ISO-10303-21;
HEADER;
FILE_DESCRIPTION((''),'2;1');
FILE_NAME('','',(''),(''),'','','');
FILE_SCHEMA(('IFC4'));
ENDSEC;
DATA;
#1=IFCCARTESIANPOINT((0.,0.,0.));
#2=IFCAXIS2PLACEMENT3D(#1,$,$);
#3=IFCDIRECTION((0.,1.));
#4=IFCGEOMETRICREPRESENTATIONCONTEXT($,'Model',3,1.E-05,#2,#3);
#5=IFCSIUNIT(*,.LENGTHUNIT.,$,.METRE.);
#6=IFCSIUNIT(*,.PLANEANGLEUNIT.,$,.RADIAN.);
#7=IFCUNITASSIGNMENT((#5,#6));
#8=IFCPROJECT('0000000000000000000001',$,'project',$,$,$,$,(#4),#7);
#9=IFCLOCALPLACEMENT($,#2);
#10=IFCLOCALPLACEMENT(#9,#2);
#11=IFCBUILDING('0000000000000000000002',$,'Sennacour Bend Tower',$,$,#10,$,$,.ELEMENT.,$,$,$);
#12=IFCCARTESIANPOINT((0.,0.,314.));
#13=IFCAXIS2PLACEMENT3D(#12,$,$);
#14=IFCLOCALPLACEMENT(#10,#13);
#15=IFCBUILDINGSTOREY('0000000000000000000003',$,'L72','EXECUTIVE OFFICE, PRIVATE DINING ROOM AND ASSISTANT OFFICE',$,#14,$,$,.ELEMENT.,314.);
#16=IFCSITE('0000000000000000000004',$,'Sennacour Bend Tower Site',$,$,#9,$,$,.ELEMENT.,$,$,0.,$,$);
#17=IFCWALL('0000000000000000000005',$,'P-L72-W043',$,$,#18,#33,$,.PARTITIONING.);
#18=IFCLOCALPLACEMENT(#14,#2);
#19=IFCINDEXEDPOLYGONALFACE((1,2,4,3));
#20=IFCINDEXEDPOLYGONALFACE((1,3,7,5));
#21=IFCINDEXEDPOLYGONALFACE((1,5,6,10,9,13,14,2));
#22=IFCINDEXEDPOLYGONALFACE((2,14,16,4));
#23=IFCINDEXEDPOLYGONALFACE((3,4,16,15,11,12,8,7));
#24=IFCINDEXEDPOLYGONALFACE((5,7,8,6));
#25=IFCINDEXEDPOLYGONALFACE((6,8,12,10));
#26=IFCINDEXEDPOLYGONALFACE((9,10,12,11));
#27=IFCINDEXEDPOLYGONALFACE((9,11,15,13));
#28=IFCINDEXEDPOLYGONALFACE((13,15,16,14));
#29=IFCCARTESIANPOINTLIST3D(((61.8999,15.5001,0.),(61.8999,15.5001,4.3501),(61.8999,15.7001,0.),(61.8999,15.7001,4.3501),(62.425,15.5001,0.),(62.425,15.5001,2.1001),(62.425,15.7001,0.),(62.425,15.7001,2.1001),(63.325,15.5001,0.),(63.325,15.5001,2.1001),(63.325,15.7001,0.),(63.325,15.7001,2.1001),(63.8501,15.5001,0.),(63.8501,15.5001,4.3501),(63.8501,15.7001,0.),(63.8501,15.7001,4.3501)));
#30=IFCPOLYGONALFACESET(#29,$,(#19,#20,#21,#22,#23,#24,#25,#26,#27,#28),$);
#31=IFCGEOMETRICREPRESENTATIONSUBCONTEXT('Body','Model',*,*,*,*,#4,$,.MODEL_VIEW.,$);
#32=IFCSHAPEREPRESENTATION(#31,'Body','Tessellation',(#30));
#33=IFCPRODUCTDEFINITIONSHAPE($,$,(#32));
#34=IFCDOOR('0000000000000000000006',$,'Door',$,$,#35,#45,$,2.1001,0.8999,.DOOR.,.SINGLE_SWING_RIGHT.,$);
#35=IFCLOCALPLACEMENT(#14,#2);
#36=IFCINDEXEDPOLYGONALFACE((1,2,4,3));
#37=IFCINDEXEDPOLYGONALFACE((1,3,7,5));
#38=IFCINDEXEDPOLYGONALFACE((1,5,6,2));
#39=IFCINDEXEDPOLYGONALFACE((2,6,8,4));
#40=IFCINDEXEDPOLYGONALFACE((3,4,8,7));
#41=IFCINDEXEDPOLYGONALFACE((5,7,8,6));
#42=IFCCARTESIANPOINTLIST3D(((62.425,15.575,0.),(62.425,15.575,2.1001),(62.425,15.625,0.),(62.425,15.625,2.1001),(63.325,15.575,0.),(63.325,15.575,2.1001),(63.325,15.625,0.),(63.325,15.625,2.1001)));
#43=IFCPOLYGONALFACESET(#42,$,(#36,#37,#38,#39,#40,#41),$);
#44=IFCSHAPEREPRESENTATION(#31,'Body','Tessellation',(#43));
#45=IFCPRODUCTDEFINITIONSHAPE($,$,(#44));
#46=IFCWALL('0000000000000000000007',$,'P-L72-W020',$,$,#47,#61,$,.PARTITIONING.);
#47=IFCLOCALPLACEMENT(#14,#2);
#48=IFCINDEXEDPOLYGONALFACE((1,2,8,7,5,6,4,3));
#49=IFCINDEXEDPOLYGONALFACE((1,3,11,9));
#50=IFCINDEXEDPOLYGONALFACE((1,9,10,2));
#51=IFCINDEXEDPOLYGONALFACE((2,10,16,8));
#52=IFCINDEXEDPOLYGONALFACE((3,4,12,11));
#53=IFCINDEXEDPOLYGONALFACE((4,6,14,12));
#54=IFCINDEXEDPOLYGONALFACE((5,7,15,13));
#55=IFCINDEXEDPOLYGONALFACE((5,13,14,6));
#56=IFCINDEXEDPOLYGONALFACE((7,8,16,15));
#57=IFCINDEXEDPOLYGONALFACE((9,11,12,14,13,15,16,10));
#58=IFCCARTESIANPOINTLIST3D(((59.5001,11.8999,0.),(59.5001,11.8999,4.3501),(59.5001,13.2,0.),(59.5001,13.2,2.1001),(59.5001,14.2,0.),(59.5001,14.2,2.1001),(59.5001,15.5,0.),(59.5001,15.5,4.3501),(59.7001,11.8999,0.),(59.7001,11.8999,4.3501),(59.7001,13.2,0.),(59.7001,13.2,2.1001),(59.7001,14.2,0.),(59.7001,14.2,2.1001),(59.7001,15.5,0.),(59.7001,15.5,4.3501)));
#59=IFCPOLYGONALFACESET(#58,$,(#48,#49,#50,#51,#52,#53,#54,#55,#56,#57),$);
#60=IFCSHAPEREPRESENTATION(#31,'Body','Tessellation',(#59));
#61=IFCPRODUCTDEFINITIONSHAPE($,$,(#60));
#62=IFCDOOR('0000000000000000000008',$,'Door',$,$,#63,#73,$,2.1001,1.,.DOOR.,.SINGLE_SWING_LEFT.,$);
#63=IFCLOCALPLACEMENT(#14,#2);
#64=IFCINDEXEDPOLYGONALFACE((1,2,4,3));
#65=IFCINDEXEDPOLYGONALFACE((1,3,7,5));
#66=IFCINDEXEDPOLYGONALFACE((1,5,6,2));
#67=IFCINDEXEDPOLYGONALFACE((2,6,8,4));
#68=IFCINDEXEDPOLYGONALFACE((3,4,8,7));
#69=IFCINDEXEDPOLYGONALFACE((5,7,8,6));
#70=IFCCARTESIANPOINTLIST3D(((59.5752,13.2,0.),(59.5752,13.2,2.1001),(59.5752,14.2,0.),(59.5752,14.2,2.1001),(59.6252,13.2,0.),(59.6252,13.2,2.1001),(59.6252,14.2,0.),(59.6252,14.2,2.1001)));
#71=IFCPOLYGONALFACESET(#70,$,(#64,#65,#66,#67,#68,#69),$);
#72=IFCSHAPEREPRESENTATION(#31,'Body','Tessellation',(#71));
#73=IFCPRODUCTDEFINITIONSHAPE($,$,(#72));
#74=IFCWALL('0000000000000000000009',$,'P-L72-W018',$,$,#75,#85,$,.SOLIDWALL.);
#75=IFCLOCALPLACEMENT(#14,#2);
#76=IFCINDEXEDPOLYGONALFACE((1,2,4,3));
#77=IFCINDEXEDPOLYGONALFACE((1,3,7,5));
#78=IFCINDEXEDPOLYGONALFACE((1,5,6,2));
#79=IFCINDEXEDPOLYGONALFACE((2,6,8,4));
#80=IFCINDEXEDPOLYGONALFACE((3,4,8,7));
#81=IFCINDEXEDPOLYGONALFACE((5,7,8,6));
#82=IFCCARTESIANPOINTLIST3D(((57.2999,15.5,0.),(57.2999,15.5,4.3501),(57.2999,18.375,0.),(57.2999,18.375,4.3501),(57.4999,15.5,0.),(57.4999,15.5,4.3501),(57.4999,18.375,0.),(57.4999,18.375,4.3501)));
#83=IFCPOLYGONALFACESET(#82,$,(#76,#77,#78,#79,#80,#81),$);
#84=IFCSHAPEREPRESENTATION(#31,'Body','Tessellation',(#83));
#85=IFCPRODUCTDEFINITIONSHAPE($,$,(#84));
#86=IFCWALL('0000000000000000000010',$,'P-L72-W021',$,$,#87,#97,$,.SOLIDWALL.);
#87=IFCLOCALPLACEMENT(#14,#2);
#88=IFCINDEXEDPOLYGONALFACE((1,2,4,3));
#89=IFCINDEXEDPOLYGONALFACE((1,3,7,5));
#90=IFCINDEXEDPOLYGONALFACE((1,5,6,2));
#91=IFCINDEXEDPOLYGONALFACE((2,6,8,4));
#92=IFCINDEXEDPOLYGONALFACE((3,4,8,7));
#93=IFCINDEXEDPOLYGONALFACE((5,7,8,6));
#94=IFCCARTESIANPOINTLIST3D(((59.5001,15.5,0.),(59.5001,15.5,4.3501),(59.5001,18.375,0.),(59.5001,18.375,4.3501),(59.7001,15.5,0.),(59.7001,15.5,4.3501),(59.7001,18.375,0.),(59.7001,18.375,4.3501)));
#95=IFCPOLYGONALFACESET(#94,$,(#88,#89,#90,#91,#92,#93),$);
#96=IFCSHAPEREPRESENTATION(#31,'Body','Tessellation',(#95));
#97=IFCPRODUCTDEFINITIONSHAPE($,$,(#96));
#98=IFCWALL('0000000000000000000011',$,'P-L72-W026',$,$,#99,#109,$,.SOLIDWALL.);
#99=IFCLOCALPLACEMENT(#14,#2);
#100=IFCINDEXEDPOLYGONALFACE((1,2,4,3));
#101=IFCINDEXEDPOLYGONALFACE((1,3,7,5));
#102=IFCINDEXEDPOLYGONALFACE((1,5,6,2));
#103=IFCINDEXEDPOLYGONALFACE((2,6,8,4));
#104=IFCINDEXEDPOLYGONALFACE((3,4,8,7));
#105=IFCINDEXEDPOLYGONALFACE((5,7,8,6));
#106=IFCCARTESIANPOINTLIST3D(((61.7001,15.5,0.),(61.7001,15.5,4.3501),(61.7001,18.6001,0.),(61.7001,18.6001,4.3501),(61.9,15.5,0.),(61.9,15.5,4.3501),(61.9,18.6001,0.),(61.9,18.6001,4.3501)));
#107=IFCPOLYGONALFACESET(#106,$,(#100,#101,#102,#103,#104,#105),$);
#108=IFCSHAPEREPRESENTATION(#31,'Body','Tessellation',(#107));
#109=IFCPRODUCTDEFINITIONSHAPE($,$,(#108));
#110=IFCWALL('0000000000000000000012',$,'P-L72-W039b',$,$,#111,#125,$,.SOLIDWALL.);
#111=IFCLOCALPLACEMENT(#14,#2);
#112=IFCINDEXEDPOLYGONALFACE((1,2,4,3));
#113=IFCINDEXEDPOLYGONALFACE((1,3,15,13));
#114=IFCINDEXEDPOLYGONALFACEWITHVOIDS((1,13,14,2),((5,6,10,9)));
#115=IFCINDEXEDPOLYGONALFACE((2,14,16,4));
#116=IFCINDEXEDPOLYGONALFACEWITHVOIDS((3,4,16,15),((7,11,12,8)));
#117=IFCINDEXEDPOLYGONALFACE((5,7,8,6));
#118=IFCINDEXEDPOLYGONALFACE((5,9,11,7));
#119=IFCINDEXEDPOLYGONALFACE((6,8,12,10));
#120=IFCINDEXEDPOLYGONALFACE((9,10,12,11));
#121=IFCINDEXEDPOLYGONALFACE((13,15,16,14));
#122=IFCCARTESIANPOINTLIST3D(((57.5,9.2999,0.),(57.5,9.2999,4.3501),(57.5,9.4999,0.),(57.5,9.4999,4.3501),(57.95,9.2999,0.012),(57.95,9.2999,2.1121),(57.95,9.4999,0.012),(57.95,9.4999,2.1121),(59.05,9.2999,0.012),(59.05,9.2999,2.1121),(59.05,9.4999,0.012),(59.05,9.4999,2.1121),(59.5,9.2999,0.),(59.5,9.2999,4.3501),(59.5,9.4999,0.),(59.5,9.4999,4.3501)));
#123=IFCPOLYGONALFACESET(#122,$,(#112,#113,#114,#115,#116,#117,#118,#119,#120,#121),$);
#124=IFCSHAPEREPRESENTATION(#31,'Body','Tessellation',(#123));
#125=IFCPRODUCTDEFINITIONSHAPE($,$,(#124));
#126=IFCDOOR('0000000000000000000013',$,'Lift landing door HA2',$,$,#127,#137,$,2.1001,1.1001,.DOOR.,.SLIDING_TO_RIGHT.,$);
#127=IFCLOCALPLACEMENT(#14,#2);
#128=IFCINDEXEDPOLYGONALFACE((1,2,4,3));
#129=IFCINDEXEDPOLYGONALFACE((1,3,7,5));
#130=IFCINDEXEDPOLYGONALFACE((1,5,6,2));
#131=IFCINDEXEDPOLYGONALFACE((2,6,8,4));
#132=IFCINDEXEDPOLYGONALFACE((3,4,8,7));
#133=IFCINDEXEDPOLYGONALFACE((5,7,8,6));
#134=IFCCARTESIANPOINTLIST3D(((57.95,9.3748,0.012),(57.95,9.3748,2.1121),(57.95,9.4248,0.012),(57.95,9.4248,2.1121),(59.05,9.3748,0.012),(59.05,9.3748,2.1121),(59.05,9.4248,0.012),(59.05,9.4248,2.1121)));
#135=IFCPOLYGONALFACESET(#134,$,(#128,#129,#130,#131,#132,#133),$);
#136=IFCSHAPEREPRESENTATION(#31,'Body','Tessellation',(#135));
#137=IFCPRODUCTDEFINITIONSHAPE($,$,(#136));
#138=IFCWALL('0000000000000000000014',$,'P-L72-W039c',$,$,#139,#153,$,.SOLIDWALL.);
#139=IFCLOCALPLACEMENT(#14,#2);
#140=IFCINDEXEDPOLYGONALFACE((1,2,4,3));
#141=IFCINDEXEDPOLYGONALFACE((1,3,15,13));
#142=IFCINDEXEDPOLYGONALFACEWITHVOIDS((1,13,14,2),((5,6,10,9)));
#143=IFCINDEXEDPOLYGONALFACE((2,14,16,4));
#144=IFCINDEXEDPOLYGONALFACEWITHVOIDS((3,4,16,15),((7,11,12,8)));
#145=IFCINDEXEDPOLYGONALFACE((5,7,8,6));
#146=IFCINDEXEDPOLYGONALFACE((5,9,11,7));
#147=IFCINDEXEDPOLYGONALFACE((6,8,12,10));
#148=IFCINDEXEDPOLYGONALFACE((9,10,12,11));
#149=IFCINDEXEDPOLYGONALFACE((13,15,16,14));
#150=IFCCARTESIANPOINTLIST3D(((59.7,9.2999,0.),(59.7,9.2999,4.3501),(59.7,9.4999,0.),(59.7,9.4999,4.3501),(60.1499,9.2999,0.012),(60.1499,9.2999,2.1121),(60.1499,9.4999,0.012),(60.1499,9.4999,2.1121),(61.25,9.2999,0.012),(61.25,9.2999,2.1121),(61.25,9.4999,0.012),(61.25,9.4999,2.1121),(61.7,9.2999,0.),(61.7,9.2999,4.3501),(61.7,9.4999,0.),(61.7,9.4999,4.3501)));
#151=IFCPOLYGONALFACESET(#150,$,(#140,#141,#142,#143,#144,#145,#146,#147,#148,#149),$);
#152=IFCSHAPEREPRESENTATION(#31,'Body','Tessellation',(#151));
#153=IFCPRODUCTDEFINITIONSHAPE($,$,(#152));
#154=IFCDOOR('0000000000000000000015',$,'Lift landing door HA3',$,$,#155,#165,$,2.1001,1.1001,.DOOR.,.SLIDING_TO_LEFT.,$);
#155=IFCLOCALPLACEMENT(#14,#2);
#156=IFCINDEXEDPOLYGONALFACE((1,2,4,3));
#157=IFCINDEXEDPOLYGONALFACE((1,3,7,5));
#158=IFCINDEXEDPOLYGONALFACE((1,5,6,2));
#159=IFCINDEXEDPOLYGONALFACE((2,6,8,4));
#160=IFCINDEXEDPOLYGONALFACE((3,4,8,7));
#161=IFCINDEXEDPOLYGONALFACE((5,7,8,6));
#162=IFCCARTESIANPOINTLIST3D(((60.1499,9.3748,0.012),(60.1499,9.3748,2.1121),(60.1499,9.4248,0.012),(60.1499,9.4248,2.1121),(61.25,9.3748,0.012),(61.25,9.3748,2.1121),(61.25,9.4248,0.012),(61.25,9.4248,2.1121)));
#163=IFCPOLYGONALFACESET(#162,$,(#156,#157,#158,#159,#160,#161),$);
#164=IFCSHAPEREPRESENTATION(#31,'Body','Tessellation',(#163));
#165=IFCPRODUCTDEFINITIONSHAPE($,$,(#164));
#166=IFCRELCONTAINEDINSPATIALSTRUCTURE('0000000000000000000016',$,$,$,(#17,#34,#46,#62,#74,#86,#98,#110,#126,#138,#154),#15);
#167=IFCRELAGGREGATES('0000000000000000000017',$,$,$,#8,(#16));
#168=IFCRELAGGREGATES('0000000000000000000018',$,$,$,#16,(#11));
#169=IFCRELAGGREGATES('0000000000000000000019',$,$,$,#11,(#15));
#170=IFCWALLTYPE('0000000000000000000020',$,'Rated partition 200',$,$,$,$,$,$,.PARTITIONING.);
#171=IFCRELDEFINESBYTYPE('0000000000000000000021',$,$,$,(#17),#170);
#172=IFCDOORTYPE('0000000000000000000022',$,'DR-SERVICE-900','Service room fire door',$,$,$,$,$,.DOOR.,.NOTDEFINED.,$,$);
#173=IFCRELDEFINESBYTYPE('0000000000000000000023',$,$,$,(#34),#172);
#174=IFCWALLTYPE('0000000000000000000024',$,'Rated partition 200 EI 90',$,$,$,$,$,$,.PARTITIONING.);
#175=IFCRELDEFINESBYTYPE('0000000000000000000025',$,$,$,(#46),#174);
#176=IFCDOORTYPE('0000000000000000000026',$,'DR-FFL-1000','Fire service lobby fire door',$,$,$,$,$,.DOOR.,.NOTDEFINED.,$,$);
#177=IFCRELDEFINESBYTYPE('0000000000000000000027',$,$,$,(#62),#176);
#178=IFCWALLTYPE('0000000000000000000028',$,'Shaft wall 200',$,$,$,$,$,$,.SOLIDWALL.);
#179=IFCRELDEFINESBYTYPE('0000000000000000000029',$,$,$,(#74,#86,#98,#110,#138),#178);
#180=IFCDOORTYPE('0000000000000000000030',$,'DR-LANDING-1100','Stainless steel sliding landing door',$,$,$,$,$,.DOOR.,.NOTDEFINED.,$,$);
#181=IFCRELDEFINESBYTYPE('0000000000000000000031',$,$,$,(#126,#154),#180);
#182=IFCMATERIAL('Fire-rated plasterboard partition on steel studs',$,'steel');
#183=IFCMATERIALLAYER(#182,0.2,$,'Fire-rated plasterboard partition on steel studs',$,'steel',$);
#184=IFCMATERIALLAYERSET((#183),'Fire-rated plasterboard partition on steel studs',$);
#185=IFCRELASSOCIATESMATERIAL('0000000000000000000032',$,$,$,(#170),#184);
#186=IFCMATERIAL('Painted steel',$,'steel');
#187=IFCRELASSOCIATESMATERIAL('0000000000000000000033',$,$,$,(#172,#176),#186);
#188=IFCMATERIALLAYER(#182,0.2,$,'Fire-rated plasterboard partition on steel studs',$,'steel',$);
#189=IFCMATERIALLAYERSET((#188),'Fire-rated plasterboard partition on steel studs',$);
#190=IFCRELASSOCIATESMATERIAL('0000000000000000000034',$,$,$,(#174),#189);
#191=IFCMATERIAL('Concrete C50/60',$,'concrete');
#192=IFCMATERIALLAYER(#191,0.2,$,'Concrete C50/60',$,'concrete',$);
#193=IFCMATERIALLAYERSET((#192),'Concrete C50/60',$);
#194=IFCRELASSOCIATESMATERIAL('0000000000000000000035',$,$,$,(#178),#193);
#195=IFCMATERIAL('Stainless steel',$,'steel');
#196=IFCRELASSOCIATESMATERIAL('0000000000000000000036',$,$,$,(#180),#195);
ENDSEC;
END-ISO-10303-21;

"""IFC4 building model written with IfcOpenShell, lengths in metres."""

from ifc_helpers import new_model, si_unit, direction, frame, frame_2d, origin, place, context, subcontext, project, spatial, rectangle, extrude, material, layer, layer_set, type_object, element, fill, save


model = new_model("IFC4")

# Units and contexts
model_context = context("Model", 3, precision=1e-05, world=origin(), true_north=direction((0.0, 1.0)))
body_context = subcontext(model_context, "Body", "Model", "MODEL_VIEW")
ifc_project = project(units=[si_unit("LENGTHUNIT", "METRE"), si_unit("PLANEANGLEUNIT", "RADIAN")], contexts=[model_context])

# Site, building, storey
site_placement = place(None, origin())
site = spatial("IfcSite", under=ifc_project, at=site_placement, Name="Sennacour Bend Tower Site", CompositionType="ELEMENT", RefElevation=0.0)
building_placement = place(site_placement, origin())
building = spatial("IfcBuilding", under=site, at=building_placement, Name="Sennacour Bend Tower", CompositionType="ELEMENT")
storey_placement = place(building_placement, frame((0.0, 0.0, 314.0)))
storey = spatial("IfcBuildingStorey", under=building, at=storey_placement, Name="L72", Description="EXECUTIVE OFFICE, PRIVATE DINING ROOM AND ASSISTANT OFFICE", CompositionType="ELEMENT", Elevation=314.0)

# Walls, openings, doors
ifc_material_1 = material(Name="Fire-rated plasterboard partition on steel studs", Category="steel")
ifc_layer_1 = layer(ifc_material_1, 0.2, Name="Fire-rated plasterboard partition on steel studs", Category="steel")
ifc_layer_set_1 = layer_set([ifc_layer_1], Name="Fire-rated plasterboard partition on steel studs")
wall_type_1 = type_object("IfcWallType", Name="Rated partition 200", PredefinedType="PARTITIONING", material=ifc_layer_set_1)
wall_1_placement = place(storey_placement, frame((61.8999, 15.6001, 0.0), z_axis=(0.0, 0.0, 1.0), x_axis=(1.0, 0.0, 0.0)))
wall_1 = element("IfcWall", 1, at=wall_1_placement, inside=storey, type_object=wall_type_1, Name="P-L72-W043", PredefinedType="PARTITIONING", context=body_context, shape_type="SweptSolid", body=[
    extrude(rectangle(XDim=1.9502, YDim=0.2, at=frame_2d((0.9751, 0.0))), origin(), (0.0, 0.0, 1.0), 4.3501),
])
opening_1_placement = place(wall_1_placement, frame((0.5251, 0.0, 0.0)))
opening_1 = element("IfcOpeningElement", 2, at=opening_1_placement, cuts=wall_1, PredefinedType="OPENING", context=body_context, shape_type="SweptSolid", body=[
    extrude(rectangle(XDim=0.8999, YDim=2.1001, at=frame_2d((0.45, 1.05))), frame((0.0, 0.1099, 0.0), z_axis=(0.0, -1.0, 0.0), x_axis=(1.0, 0.0, 0.0)), (0.0, 0.0, 1.0), 0.22),
])
ifc_material_2 = material(Name="Painted steel", Category="steel")
door_type_1 = type_object("IfcDoorType", Name="DR-SERVICE-900", Description="Service room fire door", OperationType="NOTDEFINED", PredefinedType="DOOR", material=ifc_material_2)
door_1_placement = place(opening_1_placement, origin())
door_1 = element("IfcDoor", 3, at=door_1_placement, inside=storey, type_object=door_type_1, Name="Door", OperationType="SINGLE_SWING_RIGHT", OverallHeight=2.1001, OverallWidth=0.8999, PredefinedType="DOOR", context=body_context, shape_type="SweptSolid", body=[
    extrude(rectangle(XDim=0.8999, YDim=2.1001, at=frame_2d((0.45, 1.05))), frame((0.0, 0.0249, 0.0), z_axis=(0.0, -1.0, 0.0), x_axis=(1.0, 0.0, 0.0)), (0.0, 0.0, 1.0), 0.05),
])
fill(opening_1, door_1)
ifc_layer_2 = layer(ifc_material_1, 0.2, Name="Fire-rated plasterboard partition on steel studs", Category="steel")
ifc_layer_set_2 = layer_set([ifc_layer_2], Name="Fire-rated plasterboard partition on steel studs")
wall_type_2 = type_object("IfcWallType", Name="Rated partition 200 EI 90", PredefinedType="PARTITIONING", material=ifc_layer_set_2)
wall_2_placement = place(storey_placement, frame((59.6001, 11.8999, 0.0), z_axis=(0.0, 0.0, 1.0), x_axis=(0.0, 1.0, 0.0)))
wall_2 = element("IfcWall", 4, at=wall_2_placement, inside=storey, type_object=wall_type_2, Name="P-L72-W020", PredefinedType="PARTITIONING", context=body_context, shape_type="SweptSolid", body=[
    extrude(rectangle(XDim=3.6001, YDim=0.2, at=frame_2d((1.8, 0.0))), origin(), (0.0, 0.0, 1.0), 4.3501),
])
opening_2_placement = place(wall_2_placement, frame((1.3, 0.0, 0.0)))
opening_2 = element("IfcOpeningElement", 5, at=opening_2_placement, cuts=wall_2, PredefinedType="OPENING", context=body_context, shape_type="SweptSolid", body=[
    extrude(rectangle(XDim=1.0, YDim=2.1001, at=frame_2d((0.5, 1.05))), frame((0.0, 0.1099, 0.0), z_axis=(0.0, -1.0, 0.0), x_axis=(1.0, 0.0, 0.0)), (0.0, 0.0, 1.0), 0.22),
])
door_type_2 = type_object("IfcDoorType", Name="DR-FFL-1000", Description="Fire service lobby fire door", OperationType="NOTDEFINED", PredefinedType="DOOR", material=ifc_material_2)
door_2_placement = place(opening_2_placement, origin())
door_2 = element("IfcDoor", 6, at=door_2_placement, inside=storey, type_object=door_type_2, Name="Door", OperationType="SINGLE_SWING_LEFT", OverallHeight=2.1001, OverallWidth=1.0, PredefinedType="DOOR", context=body_context, shape_type="SweptSolid", body=[
    extrude(rectangle(XDim=1.0, YDim=2.1001, at=frame_2d((0.5, 1.05))), frame((0.0, 0.0249, 0.0), z_axis=(0.0, -1.0, 0.0), x_axis=(1.0, 0.0, 0.0)), (0.0, 0.0, 1.0), 0.05),
])
fill(opening_2, door_2)

# Walls
ifc_material_3 = material(Name="Concrete C50/60", Category="concrete")
ifc_layer_3 = layer(ifc_material_3, 0.2, Name="Concrete C50/60", Category="concrete")
ifc_layer_set_3 = layer_set([ifc_layer_3], Name="Concrete C50/60")
wall_type_3 = type_object("IfcWallType", Name="Shaft wall 200", PredefinedType="SOLIDWALL", material=ifc_layer_set_3)
for number, where, z_axis, x_axis, name in (
    (7, (57.3999, 15.5, 0.0), (0.0, 0.0, 1.0), (0.0, 1.0, 0.0), "P-L72-W018"),
    (8, (59.6001, 15.5, 0.0), (0.0, 0.0, 1.0), (0.0, 1.0, 0.0), "P-L72-W021"),
):
    element("IfcWall", number, at=place(storey_placement, frame(where, z_axis=z_axis, x_axis=x_axis)), inside=storey, type_object=wall_type_3, Name=name, PredefinedType="SOLIDWALL", context=body_context, shape_type="SweptSolid", body=[
        extrude(rectangle(XDim=2.875, YDim=0.2, at=frame_2d((1.4375, 0.0))), origin(), (0.0, 0.0, 1.0), 4.3501),
    ])
wall_3_placement = place(storey_placement, frame((61.8, 15.5, 0.0), z_axis=(0.0, 0.0, 1.0), x_axis=(0.0, 1.0, 0.0)))
element("IfcWall", 9, at=wall_3_placement, inside=storey, type_object=wall_type_3, Name="P-L72-W026", PredefinedType="SOLIDWALL", context=body_context, shape_type="SweptSolid", body=[
    extrude(rectangle(XDim=3.1001, YDim=0.2, at=frame_2d((1.55, 0.0))), origin(), (0.0, 0.0, 1.0), 4.3501),
])

# Walls, openings, doors
wall_4_placement = place(storey_placement, frame((57.5, 9.3999, 0.0), z_axis=(0.0, 0.0, 1.0), x_axis=(1.0, 0.0, 0.0)))
wall_4 = element("IfcWall", 10, at=wall_4_placement, inside=storey, type_object=wall_type_3, Name="P-L72-W039b", PredefinedType="SOLIDWALL", context=body_context, shape_type="SweptSolid", body=[
    extrude(rectangle(XDim=2.0, YDim=0.2, at=frame_2d((1.0, 0.0))), origin(), (0.0, 0.0, 1.0), 4.3501),
])
opening_3_placement = place(wall_4_placement, frame((0.45, 0.0, 0.012)))
opening_3 = element("IfcOpeningElement", 11, at=opening_3_placement, cuts=wall_4, PredefinedType="OPENING", context=body_context, shape_type="SweptSolid", body=[
    extrude(rectangle(XDim=1.1001, YDim=2.1001, at=frame_2d((0.55, 1.05))), frame((0.0, 0.1099, 0.0), z_axis=(0.0, -1.0, 0.0), x_axis=(1.0, 0.0, 0.0)), (0.0, 0.0, 1.0), 0.22),
])
ifc_material_4 = material(Name="Stainless steel", Category="steel")
door_type_3 = type_object("IfcDoorType", Name="DR-LANDING-1100", Description="Stainless steel sliding landing door", OperationType="NOTDEFINED", PredefinedType="DOOR", material=ifc_material_4)
door_3_placement = place(opening_3_placement, origin())
door_3 = element("IfcDoor", 12, at=door_3_placement, inside=storey, type_object=door_type_3, Name="Lift landing door HA2", OperationType="SLIDING_TO_RIGHT", OverallHeight=2.1001, OverallWidth=1.1001, PredefinedType="DOOR", context=body_context, shape_type="SweptSolid", body=[
    extrude(rectangle(XDim=1.1001, YDim=2.1001, at=frame_2d((0.55, 1.05))), frame((0.0, 0.0249, 0.0), z_axis=(0.0, -1.0, 0.0), x_axis=(1.0, 0.0, 0.0)), (0.0, 0.0, 1.0), 0.05),
])
fill(opening_3, door_3)
wall_5_placement = place(storey_placement, frame((59.7, 9.3999, 0.0), z_axis=(0.0, 0.0, 1.0), x_axis=(1.0, 0.0, 0.0)))
wall_5 = element("IfcWall", 13, at=wall_5_placement, inside=storey, type_object=wall_type_3, Name="P-L72-W039c", PredefinedType="SOLIDWALL", context=body_context, shape_type="SweptSolid", body=[
    extrude(rectangle(XDim=2.0, YDim=0.2, at=frame_2d((1.0, 0.0))), origin(), (0.0, 0.0, 1.0), 4.3501),
])
opening_4_placement = place(wall_5_placement, frame((0.45, 0.0, 0.012)))
opening_4 = element("IfcOpeningElement", 14, at=opening_4_placement, cuts=wall_5, PredefinedType="OPENING", context=body_context, shape_type="SweptSolid", body=[
    extrude(rectangle(XDim=1.1001, YDim=2.1001, at=frame_2d((0.55, 1.05))), frame((0.0, 0.1099, 0.0), z_axis=(0.0, -1.0, 0.0), x_axis=(1.0, 0.0, 0.0)), (0.0, 0.0, 1.0), 0.22),
])
door_4_placement = place(opening_4_placement, origin())
door_4 = element("IfcDoor", 15, at=door_4_placement, inside=storey, type_object=door_type_3, Name="Lift landing door HA3", OperationType="SLIDING_TO_LEFT", OverallHeight=2.1001, OverallWidth=1.1001, PredefinedType="DOOR", context=body_context, shape_type="SweptSolid", body=[
    extrude(rectangle(XDim=1.1001, YDim=2.1001, at=frame_2d((0.55, 1.05))), frame((0.0, 0.0249, 0.0), z_axis=(0.0, -1.0, 0.0), x_axis=(1.0, 0.0, 0.0)), (0.0, 0.0, 1.0), 0.05),
])
fill(opening_4, door_4)

save(model, "model.ifc")
